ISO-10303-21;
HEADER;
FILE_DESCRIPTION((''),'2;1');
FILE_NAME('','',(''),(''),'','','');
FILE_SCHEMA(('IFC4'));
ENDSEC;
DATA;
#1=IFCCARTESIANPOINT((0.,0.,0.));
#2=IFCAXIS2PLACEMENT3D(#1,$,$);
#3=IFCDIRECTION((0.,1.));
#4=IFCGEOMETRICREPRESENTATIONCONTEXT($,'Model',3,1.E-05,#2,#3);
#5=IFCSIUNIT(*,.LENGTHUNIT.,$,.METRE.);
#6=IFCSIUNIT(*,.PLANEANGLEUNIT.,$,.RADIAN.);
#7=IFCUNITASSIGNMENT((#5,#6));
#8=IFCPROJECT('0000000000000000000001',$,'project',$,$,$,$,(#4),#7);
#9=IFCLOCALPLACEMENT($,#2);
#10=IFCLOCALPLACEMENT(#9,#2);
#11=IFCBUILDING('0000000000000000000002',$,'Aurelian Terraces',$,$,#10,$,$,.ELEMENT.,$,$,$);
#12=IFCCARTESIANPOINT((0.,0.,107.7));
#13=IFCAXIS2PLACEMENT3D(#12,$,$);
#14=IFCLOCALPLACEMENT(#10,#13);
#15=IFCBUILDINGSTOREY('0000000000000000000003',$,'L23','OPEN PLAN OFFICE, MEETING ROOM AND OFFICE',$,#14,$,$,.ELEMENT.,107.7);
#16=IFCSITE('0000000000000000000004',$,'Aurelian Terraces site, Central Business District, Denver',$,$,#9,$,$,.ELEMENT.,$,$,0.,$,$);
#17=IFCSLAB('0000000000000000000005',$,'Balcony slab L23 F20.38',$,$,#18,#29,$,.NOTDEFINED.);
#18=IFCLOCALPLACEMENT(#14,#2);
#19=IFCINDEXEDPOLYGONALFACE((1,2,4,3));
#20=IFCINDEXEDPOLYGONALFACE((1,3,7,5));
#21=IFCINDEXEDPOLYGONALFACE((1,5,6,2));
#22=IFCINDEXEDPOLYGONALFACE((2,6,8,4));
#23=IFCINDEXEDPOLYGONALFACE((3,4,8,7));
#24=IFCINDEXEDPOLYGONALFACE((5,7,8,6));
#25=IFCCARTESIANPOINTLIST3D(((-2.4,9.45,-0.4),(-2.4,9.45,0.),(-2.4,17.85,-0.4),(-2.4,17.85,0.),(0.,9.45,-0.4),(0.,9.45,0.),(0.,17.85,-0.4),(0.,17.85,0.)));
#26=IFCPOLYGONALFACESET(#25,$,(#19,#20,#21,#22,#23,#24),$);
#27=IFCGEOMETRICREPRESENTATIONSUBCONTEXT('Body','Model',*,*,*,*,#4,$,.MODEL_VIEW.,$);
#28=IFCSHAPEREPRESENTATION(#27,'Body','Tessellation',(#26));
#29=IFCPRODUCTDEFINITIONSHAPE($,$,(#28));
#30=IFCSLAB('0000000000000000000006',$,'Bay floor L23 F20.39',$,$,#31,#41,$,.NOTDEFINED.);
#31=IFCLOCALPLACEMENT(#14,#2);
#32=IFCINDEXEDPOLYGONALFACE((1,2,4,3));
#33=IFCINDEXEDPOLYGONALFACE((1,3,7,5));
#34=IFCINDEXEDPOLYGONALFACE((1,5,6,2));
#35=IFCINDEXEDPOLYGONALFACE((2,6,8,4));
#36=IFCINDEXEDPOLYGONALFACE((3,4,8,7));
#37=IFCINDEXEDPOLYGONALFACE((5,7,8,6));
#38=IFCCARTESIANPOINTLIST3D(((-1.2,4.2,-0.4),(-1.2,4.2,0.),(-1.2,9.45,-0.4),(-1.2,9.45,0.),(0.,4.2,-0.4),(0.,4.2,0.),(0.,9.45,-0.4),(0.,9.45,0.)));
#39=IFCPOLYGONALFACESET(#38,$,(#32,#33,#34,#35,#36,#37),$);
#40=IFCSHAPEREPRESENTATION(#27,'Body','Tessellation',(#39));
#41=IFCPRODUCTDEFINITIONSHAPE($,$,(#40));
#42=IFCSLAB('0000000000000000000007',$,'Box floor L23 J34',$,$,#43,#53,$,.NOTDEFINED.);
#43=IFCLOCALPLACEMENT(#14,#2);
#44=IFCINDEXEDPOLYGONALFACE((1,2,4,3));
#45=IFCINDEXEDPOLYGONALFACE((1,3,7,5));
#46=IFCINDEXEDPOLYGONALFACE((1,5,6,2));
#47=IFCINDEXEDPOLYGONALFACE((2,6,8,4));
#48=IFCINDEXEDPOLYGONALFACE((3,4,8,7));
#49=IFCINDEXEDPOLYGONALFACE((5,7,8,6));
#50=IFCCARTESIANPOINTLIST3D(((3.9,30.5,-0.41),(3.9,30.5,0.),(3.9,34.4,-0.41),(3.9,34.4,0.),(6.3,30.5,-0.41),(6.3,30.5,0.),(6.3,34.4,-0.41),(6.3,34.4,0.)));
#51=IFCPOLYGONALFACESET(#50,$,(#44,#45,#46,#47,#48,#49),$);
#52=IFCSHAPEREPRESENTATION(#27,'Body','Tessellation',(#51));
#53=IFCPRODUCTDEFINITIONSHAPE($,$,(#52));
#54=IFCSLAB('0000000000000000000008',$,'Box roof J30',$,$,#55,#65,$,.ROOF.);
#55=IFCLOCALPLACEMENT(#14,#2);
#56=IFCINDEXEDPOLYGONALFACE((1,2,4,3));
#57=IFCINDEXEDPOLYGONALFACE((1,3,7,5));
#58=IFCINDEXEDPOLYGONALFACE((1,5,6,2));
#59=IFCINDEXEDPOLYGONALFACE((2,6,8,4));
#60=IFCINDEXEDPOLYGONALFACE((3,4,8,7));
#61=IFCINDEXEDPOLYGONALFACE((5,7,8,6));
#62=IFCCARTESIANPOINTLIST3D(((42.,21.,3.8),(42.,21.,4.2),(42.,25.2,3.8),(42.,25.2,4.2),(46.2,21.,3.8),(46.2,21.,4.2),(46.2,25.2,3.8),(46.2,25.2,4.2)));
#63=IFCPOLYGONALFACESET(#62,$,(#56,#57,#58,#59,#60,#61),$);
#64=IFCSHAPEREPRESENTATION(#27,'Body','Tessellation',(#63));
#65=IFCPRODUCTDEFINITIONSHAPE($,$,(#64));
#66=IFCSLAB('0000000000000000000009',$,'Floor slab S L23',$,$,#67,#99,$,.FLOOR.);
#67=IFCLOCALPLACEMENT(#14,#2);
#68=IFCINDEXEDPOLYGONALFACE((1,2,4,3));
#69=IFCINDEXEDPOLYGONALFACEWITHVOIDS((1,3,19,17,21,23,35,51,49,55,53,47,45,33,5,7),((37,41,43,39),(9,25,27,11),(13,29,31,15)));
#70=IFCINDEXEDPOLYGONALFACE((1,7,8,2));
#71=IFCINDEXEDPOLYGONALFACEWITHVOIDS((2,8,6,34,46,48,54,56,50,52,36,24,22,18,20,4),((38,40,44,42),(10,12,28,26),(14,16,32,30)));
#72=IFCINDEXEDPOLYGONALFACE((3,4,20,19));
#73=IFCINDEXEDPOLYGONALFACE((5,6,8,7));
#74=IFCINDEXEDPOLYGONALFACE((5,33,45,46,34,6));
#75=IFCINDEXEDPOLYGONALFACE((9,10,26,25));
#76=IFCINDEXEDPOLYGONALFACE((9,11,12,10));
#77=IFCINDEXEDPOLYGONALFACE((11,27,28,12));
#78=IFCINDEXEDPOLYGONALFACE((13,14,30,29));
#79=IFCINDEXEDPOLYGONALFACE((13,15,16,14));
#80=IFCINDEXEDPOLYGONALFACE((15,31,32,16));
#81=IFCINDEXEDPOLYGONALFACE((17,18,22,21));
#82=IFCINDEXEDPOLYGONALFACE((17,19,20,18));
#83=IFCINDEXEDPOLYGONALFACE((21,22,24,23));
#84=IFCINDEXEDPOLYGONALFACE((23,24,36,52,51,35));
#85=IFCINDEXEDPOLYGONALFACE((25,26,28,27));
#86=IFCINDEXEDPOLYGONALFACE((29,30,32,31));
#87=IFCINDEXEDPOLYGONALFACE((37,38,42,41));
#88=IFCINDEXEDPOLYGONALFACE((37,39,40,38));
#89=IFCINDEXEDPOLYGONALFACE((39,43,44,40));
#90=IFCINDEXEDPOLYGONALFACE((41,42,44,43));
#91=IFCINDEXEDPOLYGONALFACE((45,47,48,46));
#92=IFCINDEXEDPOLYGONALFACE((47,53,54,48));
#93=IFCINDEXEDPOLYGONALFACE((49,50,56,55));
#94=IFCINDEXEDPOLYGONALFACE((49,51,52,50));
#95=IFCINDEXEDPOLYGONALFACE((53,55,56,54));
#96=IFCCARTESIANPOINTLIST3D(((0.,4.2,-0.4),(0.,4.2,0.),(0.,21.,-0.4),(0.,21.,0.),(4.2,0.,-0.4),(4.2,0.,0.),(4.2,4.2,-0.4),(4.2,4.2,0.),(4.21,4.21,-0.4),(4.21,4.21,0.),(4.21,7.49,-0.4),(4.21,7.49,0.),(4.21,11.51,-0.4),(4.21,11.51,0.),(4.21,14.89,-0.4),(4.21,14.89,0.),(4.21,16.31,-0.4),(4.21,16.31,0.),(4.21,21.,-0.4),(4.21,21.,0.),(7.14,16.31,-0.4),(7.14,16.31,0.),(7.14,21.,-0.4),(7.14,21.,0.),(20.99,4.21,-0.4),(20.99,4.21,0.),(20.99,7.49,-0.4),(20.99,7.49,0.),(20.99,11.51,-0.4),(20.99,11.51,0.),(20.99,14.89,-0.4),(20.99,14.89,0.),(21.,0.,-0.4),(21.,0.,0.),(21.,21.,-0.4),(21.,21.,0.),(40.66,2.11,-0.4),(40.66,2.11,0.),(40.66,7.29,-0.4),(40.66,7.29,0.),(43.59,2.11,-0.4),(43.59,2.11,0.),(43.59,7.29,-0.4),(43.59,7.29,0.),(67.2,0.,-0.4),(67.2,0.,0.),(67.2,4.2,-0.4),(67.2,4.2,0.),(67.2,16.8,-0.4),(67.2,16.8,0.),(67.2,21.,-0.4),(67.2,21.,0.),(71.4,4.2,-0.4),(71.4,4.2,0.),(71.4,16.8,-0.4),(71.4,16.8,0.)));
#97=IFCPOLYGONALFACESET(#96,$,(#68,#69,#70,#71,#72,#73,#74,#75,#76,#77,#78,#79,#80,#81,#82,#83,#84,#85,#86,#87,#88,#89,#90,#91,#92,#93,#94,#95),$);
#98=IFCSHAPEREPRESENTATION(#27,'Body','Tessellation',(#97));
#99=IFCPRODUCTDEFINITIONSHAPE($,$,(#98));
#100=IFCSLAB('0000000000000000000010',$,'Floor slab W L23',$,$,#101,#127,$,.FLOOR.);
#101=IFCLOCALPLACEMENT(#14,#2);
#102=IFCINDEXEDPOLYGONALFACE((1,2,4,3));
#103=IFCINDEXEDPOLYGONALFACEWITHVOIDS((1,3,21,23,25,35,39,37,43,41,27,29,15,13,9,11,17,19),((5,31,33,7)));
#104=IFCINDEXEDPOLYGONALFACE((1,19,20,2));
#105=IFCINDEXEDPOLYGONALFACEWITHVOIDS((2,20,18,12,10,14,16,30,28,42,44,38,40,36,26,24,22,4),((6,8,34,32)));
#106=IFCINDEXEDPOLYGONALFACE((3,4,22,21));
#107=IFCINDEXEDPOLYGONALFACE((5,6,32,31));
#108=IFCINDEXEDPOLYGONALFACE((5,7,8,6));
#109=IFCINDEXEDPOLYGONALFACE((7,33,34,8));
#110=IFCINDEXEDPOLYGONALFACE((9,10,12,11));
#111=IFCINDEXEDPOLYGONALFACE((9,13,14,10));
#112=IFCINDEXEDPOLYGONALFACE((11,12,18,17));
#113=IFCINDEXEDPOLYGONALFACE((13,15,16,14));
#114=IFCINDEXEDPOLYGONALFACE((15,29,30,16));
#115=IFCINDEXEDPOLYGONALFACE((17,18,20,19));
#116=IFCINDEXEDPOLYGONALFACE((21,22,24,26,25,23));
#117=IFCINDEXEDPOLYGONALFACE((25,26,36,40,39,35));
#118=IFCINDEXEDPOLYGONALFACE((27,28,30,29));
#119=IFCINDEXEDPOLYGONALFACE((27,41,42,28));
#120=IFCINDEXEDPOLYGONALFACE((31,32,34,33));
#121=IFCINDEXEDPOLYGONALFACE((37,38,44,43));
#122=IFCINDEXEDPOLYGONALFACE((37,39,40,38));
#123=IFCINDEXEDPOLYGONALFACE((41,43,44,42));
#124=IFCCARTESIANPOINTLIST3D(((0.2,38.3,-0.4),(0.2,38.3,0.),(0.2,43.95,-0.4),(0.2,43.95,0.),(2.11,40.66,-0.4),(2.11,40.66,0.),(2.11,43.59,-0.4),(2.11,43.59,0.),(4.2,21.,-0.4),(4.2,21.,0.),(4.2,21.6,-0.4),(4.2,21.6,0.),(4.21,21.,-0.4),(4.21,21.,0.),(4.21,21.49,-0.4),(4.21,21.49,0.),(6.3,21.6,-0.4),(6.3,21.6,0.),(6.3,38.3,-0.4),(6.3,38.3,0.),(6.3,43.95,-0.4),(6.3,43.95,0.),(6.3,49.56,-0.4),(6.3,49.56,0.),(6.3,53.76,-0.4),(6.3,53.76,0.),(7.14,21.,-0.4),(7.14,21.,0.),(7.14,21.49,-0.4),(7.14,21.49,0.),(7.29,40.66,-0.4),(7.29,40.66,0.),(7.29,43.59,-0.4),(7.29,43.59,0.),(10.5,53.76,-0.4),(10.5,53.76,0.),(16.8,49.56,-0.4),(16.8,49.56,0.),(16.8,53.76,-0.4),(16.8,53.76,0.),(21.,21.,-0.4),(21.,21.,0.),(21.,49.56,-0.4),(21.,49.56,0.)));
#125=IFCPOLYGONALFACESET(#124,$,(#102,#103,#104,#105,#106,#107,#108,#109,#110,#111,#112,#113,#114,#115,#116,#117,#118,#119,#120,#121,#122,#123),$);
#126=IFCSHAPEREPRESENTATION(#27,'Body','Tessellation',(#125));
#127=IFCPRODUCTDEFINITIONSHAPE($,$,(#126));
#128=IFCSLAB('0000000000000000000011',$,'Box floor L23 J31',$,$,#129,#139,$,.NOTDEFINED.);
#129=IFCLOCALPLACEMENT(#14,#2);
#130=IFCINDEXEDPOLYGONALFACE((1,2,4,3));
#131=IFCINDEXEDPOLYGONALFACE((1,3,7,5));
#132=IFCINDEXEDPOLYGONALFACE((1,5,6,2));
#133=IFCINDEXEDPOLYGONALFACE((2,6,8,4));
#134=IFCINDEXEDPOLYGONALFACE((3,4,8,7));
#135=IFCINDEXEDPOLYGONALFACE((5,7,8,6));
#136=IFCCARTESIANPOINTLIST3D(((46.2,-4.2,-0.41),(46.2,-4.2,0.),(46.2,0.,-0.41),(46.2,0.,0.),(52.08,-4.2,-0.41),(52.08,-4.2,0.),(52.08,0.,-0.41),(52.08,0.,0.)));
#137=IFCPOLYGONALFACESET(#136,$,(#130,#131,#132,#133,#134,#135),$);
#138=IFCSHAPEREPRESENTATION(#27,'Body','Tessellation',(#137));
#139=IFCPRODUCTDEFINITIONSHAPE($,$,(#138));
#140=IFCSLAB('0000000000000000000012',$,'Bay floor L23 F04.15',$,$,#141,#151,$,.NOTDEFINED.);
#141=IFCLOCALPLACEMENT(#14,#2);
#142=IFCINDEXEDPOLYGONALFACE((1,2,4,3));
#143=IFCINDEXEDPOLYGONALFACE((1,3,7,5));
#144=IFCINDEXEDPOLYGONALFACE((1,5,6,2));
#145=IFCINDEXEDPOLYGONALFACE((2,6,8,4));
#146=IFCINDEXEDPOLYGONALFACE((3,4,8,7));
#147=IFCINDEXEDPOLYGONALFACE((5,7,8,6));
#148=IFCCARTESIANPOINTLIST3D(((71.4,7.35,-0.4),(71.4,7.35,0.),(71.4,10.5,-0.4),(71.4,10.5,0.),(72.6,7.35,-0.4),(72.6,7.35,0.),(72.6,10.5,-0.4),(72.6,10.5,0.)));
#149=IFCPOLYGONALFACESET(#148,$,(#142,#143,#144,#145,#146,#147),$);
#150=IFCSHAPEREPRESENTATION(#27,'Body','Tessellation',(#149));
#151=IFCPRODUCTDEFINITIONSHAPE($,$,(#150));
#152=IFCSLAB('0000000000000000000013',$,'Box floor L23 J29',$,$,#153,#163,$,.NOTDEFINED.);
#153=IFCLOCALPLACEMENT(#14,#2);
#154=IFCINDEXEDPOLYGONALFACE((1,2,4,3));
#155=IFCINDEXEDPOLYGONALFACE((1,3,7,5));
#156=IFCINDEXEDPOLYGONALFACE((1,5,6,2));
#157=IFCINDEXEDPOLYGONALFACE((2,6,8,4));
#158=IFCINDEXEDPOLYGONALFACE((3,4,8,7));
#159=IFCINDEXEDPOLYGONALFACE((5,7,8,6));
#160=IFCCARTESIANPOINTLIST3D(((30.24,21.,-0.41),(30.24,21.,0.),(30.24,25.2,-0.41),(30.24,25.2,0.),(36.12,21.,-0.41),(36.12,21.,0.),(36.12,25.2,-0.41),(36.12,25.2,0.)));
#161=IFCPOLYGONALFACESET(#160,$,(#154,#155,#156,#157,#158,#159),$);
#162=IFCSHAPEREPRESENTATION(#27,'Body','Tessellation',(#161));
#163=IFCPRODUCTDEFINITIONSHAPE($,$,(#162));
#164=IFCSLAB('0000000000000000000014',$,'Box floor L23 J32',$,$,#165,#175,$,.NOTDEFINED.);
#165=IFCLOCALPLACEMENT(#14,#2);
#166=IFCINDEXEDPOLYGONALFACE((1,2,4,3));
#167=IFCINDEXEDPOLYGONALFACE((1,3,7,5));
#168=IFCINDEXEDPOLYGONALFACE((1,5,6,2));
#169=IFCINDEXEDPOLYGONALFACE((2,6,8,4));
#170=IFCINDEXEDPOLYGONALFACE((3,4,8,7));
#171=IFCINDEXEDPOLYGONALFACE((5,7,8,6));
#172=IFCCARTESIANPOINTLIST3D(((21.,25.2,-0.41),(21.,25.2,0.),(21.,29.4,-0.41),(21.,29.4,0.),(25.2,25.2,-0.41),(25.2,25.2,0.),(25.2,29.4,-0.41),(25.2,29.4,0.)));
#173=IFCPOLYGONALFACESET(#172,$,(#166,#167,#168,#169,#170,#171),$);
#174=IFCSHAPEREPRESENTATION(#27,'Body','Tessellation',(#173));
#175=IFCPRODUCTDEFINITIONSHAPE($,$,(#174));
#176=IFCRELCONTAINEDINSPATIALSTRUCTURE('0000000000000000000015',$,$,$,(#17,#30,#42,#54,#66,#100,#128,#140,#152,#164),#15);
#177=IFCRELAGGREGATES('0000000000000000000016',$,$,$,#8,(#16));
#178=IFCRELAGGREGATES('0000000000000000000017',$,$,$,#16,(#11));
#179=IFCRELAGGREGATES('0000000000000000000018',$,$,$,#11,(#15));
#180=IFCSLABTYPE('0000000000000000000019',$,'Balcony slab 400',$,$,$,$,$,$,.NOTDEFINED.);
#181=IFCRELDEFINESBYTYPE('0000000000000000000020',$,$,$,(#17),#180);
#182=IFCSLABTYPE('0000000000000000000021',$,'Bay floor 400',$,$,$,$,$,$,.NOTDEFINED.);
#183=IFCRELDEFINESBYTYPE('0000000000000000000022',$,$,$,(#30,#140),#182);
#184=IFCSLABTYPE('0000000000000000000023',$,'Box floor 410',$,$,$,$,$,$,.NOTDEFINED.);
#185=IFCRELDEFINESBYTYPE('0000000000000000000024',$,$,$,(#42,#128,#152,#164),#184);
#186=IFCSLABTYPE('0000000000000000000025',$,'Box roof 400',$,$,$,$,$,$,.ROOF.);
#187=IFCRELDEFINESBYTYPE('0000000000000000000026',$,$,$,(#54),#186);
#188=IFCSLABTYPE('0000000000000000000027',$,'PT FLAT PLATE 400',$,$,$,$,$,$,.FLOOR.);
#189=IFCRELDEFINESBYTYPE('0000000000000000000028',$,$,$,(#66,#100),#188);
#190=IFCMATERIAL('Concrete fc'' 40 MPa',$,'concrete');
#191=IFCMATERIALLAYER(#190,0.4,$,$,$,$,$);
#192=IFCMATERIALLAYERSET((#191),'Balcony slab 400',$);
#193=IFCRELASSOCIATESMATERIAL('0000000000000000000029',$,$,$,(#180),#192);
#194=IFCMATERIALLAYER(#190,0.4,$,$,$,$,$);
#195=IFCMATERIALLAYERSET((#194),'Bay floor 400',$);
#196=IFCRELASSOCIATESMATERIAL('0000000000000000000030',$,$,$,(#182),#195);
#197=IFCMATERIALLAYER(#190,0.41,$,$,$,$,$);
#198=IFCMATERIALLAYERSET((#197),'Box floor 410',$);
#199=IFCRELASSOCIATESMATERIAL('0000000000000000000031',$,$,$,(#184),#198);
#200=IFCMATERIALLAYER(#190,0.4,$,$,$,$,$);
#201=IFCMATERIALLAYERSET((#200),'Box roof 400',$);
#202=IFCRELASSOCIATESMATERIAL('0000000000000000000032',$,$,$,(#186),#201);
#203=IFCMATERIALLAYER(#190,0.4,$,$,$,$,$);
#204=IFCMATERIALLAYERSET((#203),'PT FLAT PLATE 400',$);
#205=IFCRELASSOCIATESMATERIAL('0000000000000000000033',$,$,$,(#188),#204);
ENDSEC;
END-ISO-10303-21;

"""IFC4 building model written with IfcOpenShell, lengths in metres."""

from ifc_helpers import new_model, si_unit, direction, frame, origin, place, context, subcontext, project, spatial, polyline, outline, extrude, source, transform, mapped, material, layer, layer_set, type_object, element, save


model = new_model("IFC4")

# Units and contexts
model_context = context("Model", 3, precision=1e-05, world=origin(), true_north=direction((0.0, 1.0)))
body_context = subcontext(model_context, "Body", "Model", "MODEL_VIEW")
ifc_project = project(units=[si_unit("LENGTHUNIT", "METRE"), si_unit("PLANEANGLEUNIT", "RADIAN")], contexts=[model_context])

# Site, building, storey
site_placement = place(None, origin())
site = spatial("IfcSite", under=ifc_project, at=site_placement, Name="Aurelian Terraces site, Central Business District, Denver", CompositionType="ELEMENT", RefElevation=0.0)
building_placement = place(site_placement, origin())
building = spatial("IfcBuilding", under=site, at=building_placement, Name="Aurelian Terraces", CompositionType="ELEMENT")
storey_placement = place(building_placement, frame((0.0, 0.0, 107.7)))
storey = spatial("IfcBuildingStorey", under=building, at=storey_placement, Name="L23", Description="OPEN PLAN OFFICE, MEETING ROOM AND OFFICE", CompositionType="ELEMENT", Elevation=107.7)

# Slabs
ifc_material_1 = material(Name="Concrete fc' 40 MPa", Category="concrete")
ifc_layer_1 = layer(ifc_material_1, 0.4)
ifc_layer_set_1 = layer_set([ifc_layer_1], Name="Balcony slab 400")
slab_type_1 = type_object("IfcSlabType", Name="Balcony slab 400", PredefinedType="NOTDEFINED", material=ifc_layer_set_1)
slab_1_placement = place(storey_placement, frame((0.0, 0.0, -0.4)))
element("IfcSlab", 1, at=slab_1_placement, inside=storey, type_object=slab_type_1, Name="Balcony slab L23 F20.38", PredefinedType="NOTDEFINED", context=body_context, shape_type="SweptSolid", body=[
    extrude(outline(polyline([(0.0, 17.85), (0.0, 9.45), (-2.4, 9.45), (-2.4, 17.85), (0.0, 17.85)])), origin(), (0.0, 0.0, 1.0), 0.4),
])
ifc_layer_2 = layer(ifc_material_1, 0.4)
ifc_layer_set_2 = layer_set([ifc_layer_2], Name="Bay floor 400")
slab_type_2 = type_object("IfcSlabType", Name="Bay floor 400", PredefinedType="NOTDEFINED", material=ifc_layer_set_2)
slab_2_placement = place(storey_placement, frame((0.0, 0.0, -0.4)))
element("IfcSlab", 2, at=slab_2_placement, inside=storey, type_object=slab_type_2, Name="Bay floor L23 F20.39", PredefinedType="NOTDEFINED", context=body_context, shape_type="SweptSolid", body=[
    extrude(outline(polyline([(0.0, 9.45), (0.0, 4.2), (-1.2, 4.2), (-1.2, 9.45), (0.0, 9.45)])), origin(), (0.0, 0.0, 1.0), 0.4),
])
ifc_layer_3 = layer(ifc_material_1, 0.41)
ifc_layer_set_3 = layer_set([ifc_layer_3], Name="Box floor 410")
slab_type_3 = type_object("IfcSlabType", Name="Box floor 410", PredefinedType="NOTDEFINED", material=ifc_layer_set_3)
slab_3_placement = place(storey_placement, frame((0.0, 0.0, -0.41)))
element("IfcSlab", 3, at=slab_3_placement, inside=storey, type_object=slab_type_3, Name="Box floor L23 J34", PredefinedType="NOTDEFINED", context=body_context, shape_type="SweptSolid", body=[
    extrude(outline(polyline([(3.9, 34.4), (3.9, 30.5), (6.3, 30.5), (6.3, 34.4), (3.9, 34.4)])), origin(), (0.0, 0.0, 1.0), 0.41),
])
ifc_layer_4 = layer(ifc_material_1, 0.4)
ifc_layer_set_4 = layer_set([ifc_layer_4], Name="Box roof 400")
slab_type_4 = type_object("IfcSlabType", Name="Box roof 400", PredefinedType="ROOF", material=ifc_layer_set_4)
slab_4_placement = place(storey_placement, frame((0.0, 0.0, 3.8)))
element("IfcSlab", 4, at=slab_4_placement, inside=storey, type_object=slab_type_4, Name="Box roof J30", PredefinedType="ROOF", context=body_context, shape_type="SweptSolid", body=[
    extrude(outline(polyline([(46.2, 25.2), (42.0, 25.2), (42.0, 21.0), (46.2, 21.0), (46.2, 25.2)])), origin(), (0.0, 0.0, 1.0), 0.4),
])
ifc_layer_5 = layer(ifc_material_1, 0.4)
ifc_layer_set_5 = layer_set([ifc_layer_5], Name="PT FLAT PLATE 400")
slab_type_5 = type_object("IfcSlabType", Name="PT FLAT PLATE 400", PredefinedType="FLOOR", material=ifc_layer_set_5)
shared_shape_1 = source(origin(), body_context, "Body", "SweptSolid", [
    extrude(outline(polyline([(67.2, 16.8), (71.4, 16.8), (71.4, 4.2), (67.2, 4.2), (67.2, 0.0), (21.0, 0.0), (4.2, 0.0), (4.2, 4.2), (0.0, 4.2), (0.0, 21.0), (4.21, 21.0), (4.21, 16.31), (7.14, 16.31), (7.14, 21.0), (21.0, 21.0), (67.2, 21.0), (67.2, 16.8)]), holes=[polyline([(40.66, 2.11), (43.59, 2.11), (43.59, 7.29), (40.66, 7.29), (40.66, 2.11)]), polyline([(4.21, 7.49), (4.21, 4.21), (20.99, 4.21), (20.99, 7.49), (4.21, 7.49)]), polyline([(4.21, 14.89), (4.21, 11.51), (20.99, 11.51), (20.99, 14.89), (4.21, 14.89)])]), origin(), (0.0, 0.0, 1.0), 0.4),
])
slab_5_placement = place(storey_placement, frame((0.0, 0.0, -0.4)))
element("IfcSlab", 5, at=slab_5_placement, inside=storey, type_object=slab_type_5, Name="Floor slab S L23", PredefinedType="FLOOR", context=body_context, shape_type="MappedRepresentation", body=[
    mapped(shared_shape_1, transform((0.0, 0.0, 0.0), scale=1.0)),
])
shared_shape_2 = source(origin(), body_context, "Body", "SweptSolid", [
    extrude(outline(polyline([(0.2, 43.95), (6.3, 43.95), (6.3, 49.56), (6.3, 53.76), (10.5, 53.76), (16.8, 53.76), (16.8, 49.56), (21.0, 49.56), (21.0, 21.0), (7.14, 21.0), (7.14, 21.49), (4.21, 21.49), (4.21, 21.0), (4.2, 21.0), (4.2, 21.6), (6.3, 21.6), (6.3, 38.3), (0.2, 38.3), (0.2, 43.95)]), holes=[polyline([(7.29, 43.59), (2.11, 43.59), (2.11, 40.66), (7.29, 40.66), (7.29, 43.59)])]), origin(), (0.0, 0.0, 1.0), 0.4),
])
slab_6_placement = place(storey_placement, frame((0.0, 0.0, -0.4)))
element("IfcSlab", 6, at=slab_6_placement, inside=storey, type_object=slab_type_5, Name="Floor slab W L23", PredefinedType="FLOOR", context=body_context, shape_type="MappedRepresentation", body=[
    mapped(shared_shape_2, transform((0.0, 0.0, 0.0), scale=1.0)),
])
shared_shape_3 = source(origin(), body_context, "Body", "SweptSolid", [
    extrude(outline(polyline([(46.2, -4.2), (52.08, -4.2), (52.08, 0.0), (46.2, 0.0), (46.2, -4.2)])), origin(), (0.0, 0.0, 1.0), 0.41),
])
slab_7_placement = place(storey_placement, frame((0.0, 0.0, -0.41)))
element("IfcSlab", 7, at=slab_7_placement, inside=storey, type_object=slab_type_3, Name="Box floor L23 J31", PredefinedType="NOTDEFINED", context=body_context, shape_type="MappedRepresentation", body=[
    mapped(shared_shape_3, transform((0.0, 0.0, 0.0), scale=1.0)),
])
shared_shape_4 = source(origin(), body_context, "Body", "SweptSolid", [
    extrude(outline(polyline([(71.4, 7.35), (71.4, 10.5), (72.6, 10.5), (72.6, 7.35), (71.4, 7.35)])), origin(), (0.0, 0.0, 1.0), 0.4),
])
slab_8_placement = place(storey_placement, frame((0.0, 0.0, -0.4)))
element("IfcSlab", 8, at=slab_8_placement, inside=storey, type_object=slab_type_2, Name="Bay floor L23 F04.15", PredefinedType="NOTDEFINED", context=body_context, shape_type="MappedRepresentation", body=[
    mapped(shared_shape_4, transform((0.0, 0.0, 0.0), scale=1.0)),
])
shared_shape_5 = source(origin(), body_context, "Body", "SweptSolid", [
    extrude(outline(polyline([(36.12, 25.2), (30.24, 25.2), (30.24, 21.0), (36.12, 21.0), (36.12, 25.2)])), origin(), (0.0, 0.0, 1.0), 0.41),
])
slab_9_placement = place(storey_placement, frame((0.0, 0.0, -0.41)))
element("IfcSlab", 9, at=slab_9_placement, inside=storey, type_object=slab_type_3, Name="Box floor L23 J29", PredefinedType="NOTDEFINED", context=body_context, shape_type="MappedRepresentation", body=[
    mapped(shared_shape_5, transform((0.0, 0.0, 0.0), scale=1.0)),
])
shared_shape_6 = source(origin(), body_context, "Body", "SweptSolid", [
    extrude(outline(polyline([(25.2, 25.2), (25.2, 29.4), (21.0, 29.4), (21.0, 25.2), (25.2, 25.2)])), origin(), (0.0, 0.0, 1.0), 0.41),
])
slab_10_placement = place(storey_placement, frame((0.0, 0.0, -0.41)))
element("IfcSlab", 10, at=slab_10_placement, inside=storey, type_object=slab_type_3, Name="Box floor L23 J32", PredefinedType="NOTDEFINED", context=body_context, shape_type="MappedRepresentation", body=[
    mapped(shared_shape_6, transform((0.0, 0.0, 0.0), scale=1.0)),
])

save(model, "model.ifc")
